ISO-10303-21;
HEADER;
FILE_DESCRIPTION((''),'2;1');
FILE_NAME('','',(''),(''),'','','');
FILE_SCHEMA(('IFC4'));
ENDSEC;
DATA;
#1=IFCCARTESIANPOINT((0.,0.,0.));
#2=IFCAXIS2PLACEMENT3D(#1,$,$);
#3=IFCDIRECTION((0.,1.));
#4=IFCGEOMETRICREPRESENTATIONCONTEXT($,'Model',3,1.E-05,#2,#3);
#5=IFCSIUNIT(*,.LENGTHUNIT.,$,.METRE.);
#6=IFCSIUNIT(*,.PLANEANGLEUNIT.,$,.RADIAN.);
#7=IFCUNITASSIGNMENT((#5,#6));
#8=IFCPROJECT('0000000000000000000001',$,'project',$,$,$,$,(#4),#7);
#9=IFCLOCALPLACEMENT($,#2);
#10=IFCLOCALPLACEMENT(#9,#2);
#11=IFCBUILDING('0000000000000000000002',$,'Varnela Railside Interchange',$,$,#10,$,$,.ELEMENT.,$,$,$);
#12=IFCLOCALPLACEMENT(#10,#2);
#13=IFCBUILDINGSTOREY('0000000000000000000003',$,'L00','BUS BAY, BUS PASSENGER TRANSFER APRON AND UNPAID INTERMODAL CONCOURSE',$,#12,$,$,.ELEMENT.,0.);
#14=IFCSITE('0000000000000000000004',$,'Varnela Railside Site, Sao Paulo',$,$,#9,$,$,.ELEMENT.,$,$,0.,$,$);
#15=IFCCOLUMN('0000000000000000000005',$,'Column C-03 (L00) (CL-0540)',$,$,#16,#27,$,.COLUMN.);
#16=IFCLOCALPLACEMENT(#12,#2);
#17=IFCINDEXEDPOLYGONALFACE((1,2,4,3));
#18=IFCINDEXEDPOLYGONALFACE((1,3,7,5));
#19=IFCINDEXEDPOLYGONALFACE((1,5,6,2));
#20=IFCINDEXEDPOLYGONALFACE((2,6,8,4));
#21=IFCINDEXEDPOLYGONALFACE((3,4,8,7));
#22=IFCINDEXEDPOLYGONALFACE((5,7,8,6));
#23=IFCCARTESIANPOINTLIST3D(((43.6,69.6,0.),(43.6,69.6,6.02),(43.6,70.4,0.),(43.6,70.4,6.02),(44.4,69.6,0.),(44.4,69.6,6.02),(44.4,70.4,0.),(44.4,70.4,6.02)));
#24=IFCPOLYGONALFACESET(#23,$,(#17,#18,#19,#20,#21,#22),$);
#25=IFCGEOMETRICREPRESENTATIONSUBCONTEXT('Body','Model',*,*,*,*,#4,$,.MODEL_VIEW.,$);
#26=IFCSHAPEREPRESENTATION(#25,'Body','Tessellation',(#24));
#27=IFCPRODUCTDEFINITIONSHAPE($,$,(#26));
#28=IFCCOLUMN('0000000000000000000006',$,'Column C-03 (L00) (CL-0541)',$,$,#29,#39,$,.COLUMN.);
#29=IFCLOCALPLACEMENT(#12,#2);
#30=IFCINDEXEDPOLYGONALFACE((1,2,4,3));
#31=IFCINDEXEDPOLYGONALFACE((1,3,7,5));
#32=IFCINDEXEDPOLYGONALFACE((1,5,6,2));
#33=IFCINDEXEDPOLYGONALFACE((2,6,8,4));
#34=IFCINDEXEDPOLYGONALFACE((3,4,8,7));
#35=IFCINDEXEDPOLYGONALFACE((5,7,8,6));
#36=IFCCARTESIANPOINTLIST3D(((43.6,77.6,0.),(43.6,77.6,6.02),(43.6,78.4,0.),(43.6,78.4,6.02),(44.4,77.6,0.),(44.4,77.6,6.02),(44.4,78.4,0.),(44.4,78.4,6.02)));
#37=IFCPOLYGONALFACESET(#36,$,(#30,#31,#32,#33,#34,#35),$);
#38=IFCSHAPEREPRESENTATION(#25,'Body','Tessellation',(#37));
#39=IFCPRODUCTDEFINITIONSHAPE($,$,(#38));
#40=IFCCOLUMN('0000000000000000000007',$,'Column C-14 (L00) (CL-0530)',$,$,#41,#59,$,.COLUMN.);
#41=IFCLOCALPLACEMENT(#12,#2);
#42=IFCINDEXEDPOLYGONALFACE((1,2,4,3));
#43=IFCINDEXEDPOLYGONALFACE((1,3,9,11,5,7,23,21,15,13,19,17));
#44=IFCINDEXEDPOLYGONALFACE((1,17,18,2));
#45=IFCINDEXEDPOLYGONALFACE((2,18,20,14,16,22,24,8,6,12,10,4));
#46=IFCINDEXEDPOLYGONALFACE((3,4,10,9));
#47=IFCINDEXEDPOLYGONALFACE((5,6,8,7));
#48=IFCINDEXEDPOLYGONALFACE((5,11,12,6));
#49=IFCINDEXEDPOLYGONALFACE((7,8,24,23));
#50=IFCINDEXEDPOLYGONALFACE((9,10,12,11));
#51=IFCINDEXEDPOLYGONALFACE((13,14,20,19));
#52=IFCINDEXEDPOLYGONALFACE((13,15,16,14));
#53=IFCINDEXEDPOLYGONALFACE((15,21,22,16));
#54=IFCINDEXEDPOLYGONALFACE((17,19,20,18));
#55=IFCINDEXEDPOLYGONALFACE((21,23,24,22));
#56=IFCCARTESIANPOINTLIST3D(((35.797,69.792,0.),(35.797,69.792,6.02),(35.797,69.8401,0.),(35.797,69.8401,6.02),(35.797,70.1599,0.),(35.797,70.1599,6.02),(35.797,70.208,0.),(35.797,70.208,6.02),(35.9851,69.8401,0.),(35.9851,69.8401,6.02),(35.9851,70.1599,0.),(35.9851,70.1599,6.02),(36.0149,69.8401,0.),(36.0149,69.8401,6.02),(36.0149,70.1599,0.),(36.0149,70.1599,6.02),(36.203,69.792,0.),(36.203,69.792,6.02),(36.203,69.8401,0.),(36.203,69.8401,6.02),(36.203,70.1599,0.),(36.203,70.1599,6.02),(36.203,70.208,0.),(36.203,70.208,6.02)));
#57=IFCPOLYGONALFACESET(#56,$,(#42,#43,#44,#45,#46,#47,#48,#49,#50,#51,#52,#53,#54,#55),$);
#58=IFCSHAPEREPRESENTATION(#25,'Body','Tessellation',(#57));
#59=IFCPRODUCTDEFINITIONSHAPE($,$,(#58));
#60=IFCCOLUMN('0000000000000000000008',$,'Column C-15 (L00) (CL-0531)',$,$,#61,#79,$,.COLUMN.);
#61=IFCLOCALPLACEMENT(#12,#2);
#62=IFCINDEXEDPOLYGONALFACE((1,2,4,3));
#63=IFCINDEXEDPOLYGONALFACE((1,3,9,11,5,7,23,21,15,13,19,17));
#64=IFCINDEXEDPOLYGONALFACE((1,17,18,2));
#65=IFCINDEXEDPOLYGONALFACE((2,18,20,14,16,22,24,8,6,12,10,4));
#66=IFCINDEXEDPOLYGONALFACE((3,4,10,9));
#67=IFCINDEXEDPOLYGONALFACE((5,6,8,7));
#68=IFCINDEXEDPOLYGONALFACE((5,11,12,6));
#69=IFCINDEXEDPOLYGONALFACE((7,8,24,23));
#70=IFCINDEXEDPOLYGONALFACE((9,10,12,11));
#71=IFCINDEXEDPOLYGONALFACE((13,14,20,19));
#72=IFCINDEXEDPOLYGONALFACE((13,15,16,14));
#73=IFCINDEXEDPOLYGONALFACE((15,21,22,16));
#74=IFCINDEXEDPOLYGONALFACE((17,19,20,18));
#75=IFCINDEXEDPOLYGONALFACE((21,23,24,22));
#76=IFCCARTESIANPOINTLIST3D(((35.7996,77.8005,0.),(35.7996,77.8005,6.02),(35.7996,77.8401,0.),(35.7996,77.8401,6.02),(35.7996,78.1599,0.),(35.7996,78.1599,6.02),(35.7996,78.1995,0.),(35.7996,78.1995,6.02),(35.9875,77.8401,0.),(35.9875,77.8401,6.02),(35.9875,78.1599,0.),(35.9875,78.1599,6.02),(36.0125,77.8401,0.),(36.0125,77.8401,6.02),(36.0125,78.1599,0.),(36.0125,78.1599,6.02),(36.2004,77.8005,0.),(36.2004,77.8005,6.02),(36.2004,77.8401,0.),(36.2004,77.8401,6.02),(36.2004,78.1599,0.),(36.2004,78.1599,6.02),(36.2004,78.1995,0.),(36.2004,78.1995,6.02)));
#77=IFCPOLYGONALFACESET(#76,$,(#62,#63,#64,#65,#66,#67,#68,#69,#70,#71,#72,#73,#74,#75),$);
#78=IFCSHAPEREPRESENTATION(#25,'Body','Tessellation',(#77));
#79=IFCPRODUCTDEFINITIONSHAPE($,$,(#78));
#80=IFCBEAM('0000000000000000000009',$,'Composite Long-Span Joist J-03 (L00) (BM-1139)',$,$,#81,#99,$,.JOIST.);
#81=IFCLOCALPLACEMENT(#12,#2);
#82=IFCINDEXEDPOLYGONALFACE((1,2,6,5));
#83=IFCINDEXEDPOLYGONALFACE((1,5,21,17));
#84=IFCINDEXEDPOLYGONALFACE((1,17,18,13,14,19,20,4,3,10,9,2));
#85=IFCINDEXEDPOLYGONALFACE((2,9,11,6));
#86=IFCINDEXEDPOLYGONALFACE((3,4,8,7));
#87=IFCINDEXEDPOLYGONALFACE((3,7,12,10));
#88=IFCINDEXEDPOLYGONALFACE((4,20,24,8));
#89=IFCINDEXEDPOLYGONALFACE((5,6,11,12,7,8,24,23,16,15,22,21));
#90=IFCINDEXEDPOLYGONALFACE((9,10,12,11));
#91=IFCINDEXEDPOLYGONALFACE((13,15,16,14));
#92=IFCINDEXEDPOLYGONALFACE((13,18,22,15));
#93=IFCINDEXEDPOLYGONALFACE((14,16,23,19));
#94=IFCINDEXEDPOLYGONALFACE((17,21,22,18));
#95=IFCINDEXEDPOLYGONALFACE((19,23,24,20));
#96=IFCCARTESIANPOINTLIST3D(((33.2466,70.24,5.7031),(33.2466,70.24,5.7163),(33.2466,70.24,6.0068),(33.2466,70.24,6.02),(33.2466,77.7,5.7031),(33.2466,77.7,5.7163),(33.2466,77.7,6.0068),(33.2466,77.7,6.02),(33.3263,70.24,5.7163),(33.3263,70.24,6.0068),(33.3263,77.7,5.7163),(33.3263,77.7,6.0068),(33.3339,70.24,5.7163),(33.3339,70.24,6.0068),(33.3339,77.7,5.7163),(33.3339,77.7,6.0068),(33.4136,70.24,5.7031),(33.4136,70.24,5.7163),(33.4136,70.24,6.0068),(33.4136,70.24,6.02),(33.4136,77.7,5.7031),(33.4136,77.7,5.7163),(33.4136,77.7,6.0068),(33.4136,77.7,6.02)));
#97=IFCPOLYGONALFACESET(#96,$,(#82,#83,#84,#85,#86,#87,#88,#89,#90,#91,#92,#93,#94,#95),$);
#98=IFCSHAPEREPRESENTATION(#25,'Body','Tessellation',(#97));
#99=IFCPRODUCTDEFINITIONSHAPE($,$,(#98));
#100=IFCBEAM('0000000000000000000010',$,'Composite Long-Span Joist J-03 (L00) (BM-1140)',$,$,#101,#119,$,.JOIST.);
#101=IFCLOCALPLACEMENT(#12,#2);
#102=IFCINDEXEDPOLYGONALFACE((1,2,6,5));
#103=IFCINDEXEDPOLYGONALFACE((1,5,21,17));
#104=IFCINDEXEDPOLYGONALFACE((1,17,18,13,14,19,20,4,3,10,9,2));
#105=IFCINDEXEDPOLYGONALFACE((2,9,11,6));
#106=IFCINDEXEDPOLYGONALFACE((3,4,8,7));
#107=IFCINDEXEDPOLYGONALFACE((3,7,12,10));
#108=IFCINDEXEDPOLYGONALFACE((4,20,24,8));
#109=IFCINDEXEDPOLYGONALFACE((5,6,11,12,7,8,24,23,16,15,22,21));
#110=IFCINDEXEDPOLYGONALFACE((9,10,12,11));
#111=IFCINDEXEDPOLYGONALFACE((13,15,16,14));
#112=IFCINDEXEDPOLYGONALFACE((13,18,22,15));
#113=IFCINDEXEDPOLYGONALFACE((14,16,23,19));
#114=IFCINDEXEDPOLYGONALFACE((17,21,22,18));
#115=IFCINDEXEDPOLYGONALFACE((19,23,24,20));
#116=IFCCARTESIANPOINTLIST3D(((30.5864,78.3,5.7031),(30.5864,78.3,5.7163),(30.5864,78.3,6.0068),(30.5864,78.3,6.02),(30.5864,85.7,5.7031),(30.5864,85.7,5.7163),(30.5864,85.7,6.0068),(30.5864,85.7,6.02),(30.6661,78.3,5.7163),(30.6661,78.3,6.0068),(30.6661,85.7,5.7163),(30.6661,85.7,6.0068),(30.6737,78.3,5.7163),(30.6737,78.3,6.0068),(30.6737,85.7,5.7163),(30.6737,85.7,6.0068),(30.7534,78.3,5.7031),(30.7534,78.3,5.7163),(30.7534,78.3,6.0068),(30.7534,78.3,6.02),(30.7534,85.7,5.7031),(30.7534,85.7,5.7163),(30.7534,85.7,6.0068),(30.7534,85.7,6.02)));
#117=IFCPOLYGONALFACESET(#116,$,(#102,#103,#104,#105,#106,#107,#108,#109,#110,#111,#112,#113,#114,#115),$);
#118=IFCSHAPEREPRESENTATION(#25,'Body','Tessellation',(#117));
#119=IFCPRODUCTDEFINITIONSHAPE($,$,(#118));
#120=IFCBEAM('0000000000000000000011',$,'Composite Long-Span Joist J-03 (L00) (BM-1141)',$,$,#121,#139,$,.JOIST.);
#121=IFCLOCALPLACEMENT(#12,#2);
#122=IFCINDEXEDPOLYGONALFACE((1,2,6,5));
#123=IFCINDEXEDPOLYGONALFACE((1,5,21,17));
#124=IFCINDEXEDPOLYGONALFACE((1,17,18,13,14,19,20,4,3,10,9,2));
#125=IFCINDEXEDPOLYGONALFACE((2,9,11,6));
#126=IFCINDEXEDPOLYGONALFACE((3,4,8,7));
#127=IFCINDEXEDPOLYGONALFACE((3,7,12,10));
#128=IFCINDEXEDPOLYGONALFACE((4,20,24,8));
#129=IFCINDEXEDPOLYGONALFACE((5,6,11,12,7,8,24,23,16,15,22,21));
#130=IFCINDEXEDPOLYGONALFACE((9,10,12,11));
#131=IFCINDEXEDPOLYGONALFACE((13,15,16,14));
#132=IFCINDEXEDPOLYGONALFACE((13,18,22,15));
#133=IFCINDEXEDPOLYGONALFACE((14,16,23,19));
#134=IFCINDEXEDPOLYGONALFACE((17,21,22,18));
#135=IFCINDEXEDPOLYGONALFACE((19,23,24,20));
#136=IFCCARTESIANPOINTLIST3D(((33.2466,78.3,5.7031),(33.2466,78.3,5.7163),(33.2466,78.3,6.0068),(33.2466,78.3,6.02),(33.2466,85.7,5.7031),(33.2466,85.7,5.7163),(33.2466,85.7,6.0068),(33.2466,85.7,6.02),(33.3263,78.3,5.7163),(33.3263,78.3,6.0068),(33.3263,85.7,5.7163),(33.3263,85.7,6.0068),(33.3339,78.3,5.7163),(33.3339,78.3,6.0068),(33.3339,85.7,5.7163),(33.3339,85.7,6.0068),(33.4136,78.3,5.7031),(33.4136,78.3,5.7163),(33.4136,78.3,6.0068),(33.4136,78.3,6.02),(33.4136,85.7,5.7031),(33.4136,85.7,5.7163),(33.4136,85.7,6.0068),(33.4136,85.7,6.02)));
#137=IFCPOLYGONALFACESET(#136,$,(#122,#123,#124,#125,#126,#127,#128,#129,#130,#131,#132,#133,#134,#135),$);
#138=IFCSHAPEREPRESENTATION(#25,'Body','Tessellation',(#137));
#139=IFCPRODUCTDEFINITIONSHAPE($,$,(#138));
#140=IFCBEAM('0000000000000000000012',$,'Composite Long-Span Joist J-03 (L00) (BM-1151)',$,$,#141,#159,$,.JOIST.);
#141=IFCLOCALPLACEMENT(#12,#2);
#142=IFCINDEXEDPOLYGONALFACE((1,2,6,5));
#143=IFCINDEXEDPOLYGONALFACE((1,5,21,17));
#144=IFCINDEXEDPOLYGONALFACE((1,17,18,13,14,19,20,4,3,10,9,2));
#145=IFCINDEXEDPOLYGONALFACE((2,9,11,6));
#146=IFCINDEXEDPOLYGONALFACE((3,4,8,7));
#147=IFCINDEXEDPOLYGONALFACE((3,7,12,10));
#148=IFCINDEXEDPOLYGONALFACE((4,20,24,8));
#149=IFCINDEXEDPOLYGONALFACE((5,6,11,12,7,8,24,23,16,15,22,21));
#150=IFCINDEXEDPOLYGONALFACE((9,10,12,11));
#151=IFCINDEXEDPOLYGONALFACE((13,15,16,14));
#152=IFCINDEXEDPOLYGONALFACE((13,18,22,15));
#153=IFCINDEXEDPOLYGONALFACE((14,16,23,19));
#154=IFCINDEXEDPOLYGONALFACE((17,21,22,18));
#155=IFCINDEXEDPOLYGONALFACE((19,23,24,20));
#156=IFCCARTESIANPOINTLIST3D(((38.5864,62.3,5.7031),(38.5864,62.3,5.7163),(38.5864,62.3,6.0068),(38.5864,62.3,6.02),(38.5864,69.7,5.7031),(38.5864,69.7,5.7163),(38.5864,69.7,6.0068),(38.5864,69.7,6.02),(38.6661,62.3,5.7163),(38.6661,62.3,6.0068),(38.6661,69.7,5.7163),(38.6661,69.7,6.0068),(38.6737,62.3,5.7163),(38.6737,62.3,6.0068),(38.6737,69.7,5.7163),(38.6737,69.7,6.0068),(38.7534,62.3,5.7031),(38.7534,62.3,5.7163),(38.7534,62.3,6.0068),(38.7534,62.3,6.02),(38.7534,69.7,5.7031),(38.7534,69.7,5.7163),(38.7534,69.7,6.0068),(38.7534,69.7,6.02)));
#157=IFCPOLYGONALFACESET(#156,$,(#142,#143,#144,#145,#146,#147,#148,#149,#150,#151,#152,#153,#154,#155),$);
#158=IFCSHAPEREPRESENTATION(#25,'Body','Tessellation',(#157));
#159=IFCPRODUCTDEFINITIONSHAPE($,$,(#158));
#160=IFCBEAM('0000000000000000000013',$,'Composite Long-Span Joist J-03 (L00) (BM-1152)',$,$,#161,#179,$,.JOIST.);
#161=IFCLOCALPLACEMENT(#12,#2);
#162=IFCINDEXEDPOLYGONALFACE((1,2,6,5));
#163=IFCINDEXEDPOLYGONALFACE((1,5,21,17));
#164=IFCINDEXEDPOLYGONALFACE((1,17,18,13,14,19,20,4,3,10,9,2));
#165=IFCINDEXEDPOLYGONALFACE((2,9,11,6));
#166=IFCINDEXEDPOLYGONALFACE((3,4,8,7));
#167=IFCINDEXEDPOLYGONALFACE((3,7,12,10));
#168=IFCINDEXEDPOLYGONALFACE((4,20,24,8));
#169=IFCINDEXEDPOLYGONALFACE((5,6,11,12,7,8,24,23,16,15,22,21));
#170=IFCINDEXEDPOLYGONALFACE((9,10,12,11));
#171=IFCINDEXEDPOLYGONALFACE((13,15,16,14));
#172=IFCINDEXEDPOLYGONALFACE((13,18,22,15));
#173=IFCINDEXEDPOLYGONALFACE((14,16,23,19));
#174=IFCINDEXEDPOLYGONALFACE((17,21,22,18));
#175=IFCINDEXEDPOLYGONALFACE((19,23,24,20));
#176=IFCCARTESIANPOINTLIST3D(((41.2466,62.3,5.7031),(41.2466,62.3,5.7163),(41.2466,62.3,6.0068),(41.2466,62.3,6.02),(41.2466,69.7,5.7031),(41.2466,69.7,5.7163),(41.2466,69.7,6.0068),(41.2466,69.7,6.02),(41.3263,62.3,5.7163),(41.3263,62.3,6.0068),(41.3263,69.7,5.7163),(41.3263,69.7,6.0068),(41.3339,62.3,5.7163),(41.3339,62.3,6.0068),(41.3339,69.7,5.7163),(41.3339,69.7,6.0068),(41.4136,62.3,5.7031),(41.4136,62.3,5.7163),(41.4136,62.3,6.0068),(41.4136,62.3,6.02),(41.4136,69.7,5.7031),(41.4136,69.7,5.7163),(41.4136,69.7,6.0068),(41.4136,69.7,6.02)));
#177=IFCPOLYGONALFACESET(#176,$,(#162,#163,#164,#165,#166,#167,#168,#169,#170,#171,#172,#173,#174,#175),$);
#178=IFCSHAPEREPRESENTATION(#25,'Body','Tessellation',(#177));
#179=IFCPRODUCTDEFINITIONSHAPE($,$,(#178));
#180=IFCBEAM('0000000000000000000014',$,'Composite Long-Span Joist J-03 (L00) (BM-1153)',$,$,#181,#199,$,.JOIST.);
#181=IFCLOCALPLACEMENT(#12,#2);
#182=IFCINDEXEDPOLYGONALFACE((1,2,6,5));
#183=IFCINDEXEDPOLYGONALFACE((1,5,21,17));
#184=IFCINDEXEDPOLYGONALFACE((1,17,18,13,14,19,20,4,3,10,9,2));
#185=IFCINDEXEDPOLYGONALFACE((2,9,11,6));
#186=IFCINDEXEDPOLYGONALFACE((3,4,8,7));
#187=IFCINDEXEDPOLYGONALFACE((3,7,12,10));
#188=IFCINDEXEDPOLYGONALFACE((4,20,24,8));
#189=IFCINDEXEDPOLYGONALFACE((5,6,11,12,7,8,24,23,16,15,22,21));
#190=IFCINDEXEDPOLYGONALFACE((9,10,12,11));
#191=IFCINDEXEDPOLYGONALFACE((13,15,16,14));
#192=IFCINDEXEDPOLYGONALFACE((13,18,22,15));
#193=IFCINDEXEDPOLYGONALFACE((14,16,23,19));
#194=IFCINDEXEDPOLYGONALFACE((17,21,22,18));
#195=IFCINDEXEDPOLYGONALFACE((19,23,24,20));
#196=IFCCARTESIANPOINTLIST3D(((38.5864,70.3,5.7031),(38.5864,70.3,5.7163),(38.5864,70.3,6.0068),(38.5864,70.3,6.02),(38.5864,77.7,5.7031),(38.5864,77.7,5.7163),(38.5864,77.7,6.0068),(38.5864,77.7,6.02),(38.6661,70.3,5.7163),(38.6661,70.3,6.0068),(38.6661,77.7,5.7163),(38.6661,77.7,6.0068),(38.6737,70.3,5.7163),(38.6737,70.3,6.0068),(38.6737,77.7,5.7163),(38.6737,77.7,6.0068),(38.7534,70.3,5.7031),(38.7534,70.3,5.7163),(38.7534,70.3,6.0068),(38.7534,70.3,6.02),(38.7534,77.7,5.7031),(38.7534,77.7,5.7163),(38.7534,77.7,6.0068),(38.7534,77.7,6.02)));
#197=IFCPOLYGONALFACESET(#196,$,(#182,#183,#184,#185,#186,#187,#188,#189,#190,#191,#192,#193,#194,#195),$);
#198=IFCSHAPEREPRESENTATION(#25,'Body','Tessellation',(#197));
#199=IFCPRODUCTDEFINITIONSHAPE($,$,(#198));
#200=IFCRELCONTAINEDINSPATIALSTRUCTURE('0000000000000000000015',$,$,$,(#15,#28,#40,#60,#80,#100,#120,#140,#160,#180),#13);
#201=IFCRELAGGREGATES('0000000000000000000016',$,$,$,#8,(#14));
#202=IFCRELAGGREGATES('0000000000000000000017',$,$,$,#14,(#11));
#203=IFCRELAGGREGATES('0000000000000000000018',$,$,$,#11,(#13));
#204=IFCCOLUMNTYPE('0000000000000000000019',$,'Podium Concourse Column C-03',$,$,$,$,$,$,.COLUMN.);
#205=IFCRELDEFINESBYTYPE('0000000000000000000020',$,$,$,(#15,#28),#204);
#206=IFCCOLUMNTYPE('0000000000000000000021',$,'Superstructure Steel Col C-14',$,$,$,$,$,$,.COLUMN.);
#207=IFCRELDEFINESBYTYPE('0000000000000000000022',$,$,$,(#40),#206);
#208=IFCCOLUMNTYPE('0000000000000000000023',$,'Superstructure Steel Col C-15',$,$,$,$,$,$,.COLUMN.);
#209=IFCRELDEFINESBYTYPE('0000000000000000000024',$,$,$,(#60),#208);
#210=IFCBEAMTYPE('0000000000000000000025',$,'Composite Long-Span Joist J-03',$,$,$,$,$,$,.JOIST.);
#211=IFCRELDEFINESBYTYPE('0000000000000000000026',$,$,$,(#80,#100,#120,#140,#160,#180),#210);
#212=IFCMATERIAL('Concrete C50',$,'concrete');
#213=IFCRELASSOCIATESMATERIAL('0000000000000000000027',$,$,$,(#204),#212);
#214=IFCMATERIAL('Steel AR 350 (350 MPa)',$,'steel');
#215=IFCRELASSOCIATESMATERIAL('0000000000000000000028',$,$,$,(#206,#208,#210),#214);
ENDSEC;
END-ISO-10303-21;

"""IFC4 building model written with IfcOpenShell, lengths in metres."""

from ifc_helpers import new_model, si_unit, direction, frame, origin, origin_2d, place, context, subcontext, project, spatial, rectangle, i_section, extrude, material, material_profile, profile_set, type_object, element, save


model = new_model("IFC4")

# Units and contexts
model_context = context("Model", 3, precision=1e-05, world=origin(), true_north=direction((0.0, 1.0)))
body_context = subcontext(model_context, "Body", "Model", "MODEL_VIEW")
ifc_project = project(units=[si_unit("LENGTHUNIT", "METRE"), si_unit("PLANEANGLEUNIT", "RADIAN")], contexts=[model_context])

# Site, building, storey
site_placement = place(None, origin())
site = spatial("IfcSite", under=ifc_project, at=site_placement, Name="Varnela Railside Site, Sao Paulo", CompositionType="ELEMENT", RefElevation=0.0)
building_placement = place(site_placement, origin())
building = spatial("IfcBuilding", under=site, at=building_placement, Name="Varnela Railside Interchange", CompositionType="ELEMENT")
storey_placement = place(building_placement, origin())
storey = spatial("IfcBuildingStorey", under=building, at=storey_placement, Name="L00", Description="BUS BAY, BUS PASSENGER TRANSFER APRON AND UNPAID INTERMODAL CONCOURSE", CompositionType="ELEMENT", Elevation=0.0)

# Columns
ifc_material_1 = material(Name="Concrete C50", Category="concrete")
ifc_material_profile_1 = material_profile(ifc_material_1, rectangle(XDim=0.8, YDim=0.8, at=origin_2d()), Name="RC 800x800")
ifc_profile_set_1 = profile_set([ifc_material_profile_1], Name="Concrete C50")
column_type_1 = type_object("IfcColumnType", Name="Podium Concourse Column C-03", PredefinedType="COLUMN", material=ifc_profile_set_1)
for number, where, z_axis, x_axis, name in (
    (1, (44.0, 70.0, 0.0), (0.0, 0.0, 1.0), (1.0, 0.0, 0.0), "Column C-03 (L00) (CL-0540)"),
    (2, (44.0, 78.0, 0.0), (0.0, 0.0, 1.0), (1.0, 0.0, 0.0), "Column C-03 (L00) (CL-0541)"),
):
    element("IfcColumn", number, at=place(storey_placement, frame(where, z_axis=z_axis, x_axis=x_axis)), inside=storey, type_object=column_type_1, Name=name, PredefinedType="COLUMN", context=body_context, shape_type="SweptSolid", body=[
        extrude(rectangle(XDim=0.8, YDim=0.8, at=origin_2d()), origin(), (0.0, 0.0, 1.0), 6.02),
    ])
ifc_material_2 = material(Name="Steel AR 350 (350 MPa)", Category="steel")
ifc_material_profile_2 = material_profile(ifc_material_2, i_section(OverallWidth=0.406, OverallDepth=0.416, WebThickness=0.0298, FlangeThickness=0.0481, at=origin_2d()), Name="W360x382")
ifc_profile_set_2 = profile_set([ifc_material_profile_2], Name="Steel AR 350 (350 MPa)")
column_type_2 = type_object("IfcColumnType", Name="Superstructure Steel Col C-14", PredefinedType="COLUMN", material=ifc_profile_set_2)
column_1_placement = place(storey_placement, frame((36.0, 70.0, 0.0), z_axis=(0.0, 0.0, 1.0), x_axis=(1.0, 0.0, 0.0)))
element("IfcColumn", 3, at=column_1_placement, inside=storey, type_object=column_type_2, Name="Column C-14 (L00) (CL-0530)", PredefinedType="COLUMN", context=body_context, shape_type="SweptSolid", body=[
    extrude(i_section(OverallWidth=0.406, OverallDepth=0.416, WebThickness=0.0298, FlangeThickness=0.0481, at=origin_2d()), origin(), (0.0, 0.0, 1.0), 6.02),
])
ifc_material_profile_3 = material_profile(ifc_material_2, i_section(OverallWidth=0.4009, OverallDepth=0.3989, WebThickness=0.0249, FlangeThickness=0.0396, at=origin_2d()), Name="W360x314")
ifc_profile_set_3 = profile_set([ifc_material_profile_3], Name="Steel AR 350 (350 MPa)")
column_type_3 = type_object("IfcColumnType", Name="Superstructure Steel Col C-15", PredefinedType="COLUMN", material=ifc_profile_set_3)
column_2_placement = place(storey_placement, frame((36.0, 78.0, 0.0), z_axis=(0.0, 0.0, 1.0), x_axis=(1.0, 0.0, 0.0)))
element("IfcColumn", 4, at=column_2_placement, inside=storey, type_object=column_type_3, Name="Column C-15 (L00) (CL-0531)", PredefinedType="COLUMN", context=body_context, shape_type="SweptSolid", body=[
    extrude(i_section(OverallWidth=0.4009, OverallDepth=0.3989, WebThickness=0.0249, FlangeThickness=0.0396, at=origin_2d()), origin(), (0.0, 0.0, 1.0), 6.02),
])

# Beams
ifc_material_profile_4 = material_profile(ifc_material_2, i_section(OverallWidth=0.167, OverallDepth=0.3169, WebThickness=0.0076, FlangeThickness=0.0132, at=origin_2d()), Name="W310x52")
ifc_profile_set_4 = profile_set([ifc_material_profile_4], Name="Steel AR 350 (350 MPa)")
beam_type_1 = type_object("IfcBeamType", Name="Composite Long-Span Joist J-03", PredefinedType="JOIST", material=ifc_profile_set_4)
beam_1_placement = place(storey_placement, frame((33.3301, 70.24, 5.8616), z_axis=(0.0, 1.0, 0.0), x_axis=(-1.0, 0.0, 0.0)))
element("IfcBeam", 5, at=beam_1_placement, inside=storey, type_object=beam_type_1, Name="Composite Long-Span Joist J-03 (L00) (BM-1139)", PredefinedType="JOIST", context=body_context, shape_type="SweptSolid", body=[
    extrude(i_section(OverallWidth=0.167, OverallDepth=0.3169, WebThickness=0.0076, FlangeThickness=0.0132, at=origin_2d()), origin(), (0.0, 0.0, 1.0), 7.46),
])
for number, where, z_axis, x_axis, name in (
    (6, (30.6699, 78.3, 5.8616), (0.0, 1.0, 0.0), (-1.0, 0.0, 0.0), "Composite Long-Span Joist J-03 (L00) (BM-1140)"),
    (7, (33.3301, 78.3, 5.8616), (0.0, 1.0, 0.0), (-1.0, 0.0, 0.0), "Composite Long-Span Joist J-03 (L00) (BM-1141)"),
    (8, (38.6699, 62.3, 5.8616), (0.0, 1.0, 0.0), (-1.0, 0.0, 0.0), "Composite Long-Span Joist J-03 (L00) (BM-1151)"),
    (9, (41.3301, 62.3, 5.8616), (0.0, 1.0, 0.0), (-1.0, 0.0, 0.0), "Composite Long-Span Joist J-03 (L00) (BM-1152)"),
    (10, (38.6699, 70.3, 5.8616), (0.0, 1.0, 0.0), (-1.0, 0.0, 0.0), "Composite Long-Span Joist J-03 (L00) (BM-1153)"),
):
    element("IfcBeam", number, at=place(storey_placement, frame(where, z_axis=z_axis, x_axis=x_axis)), inside=storey, type_object=beam_type_1, Name=name, PredefinedType="JOIST", context=body_context, shape_type="SweptSolid", body=[
        extrude(i_section(OverallWidth=0.167, OverallDepth=0.3169, WebThickness=0.0076, FlangeThickness=0.0132, at=origin_2d()), origin(), (0.0, 0.0, 1.0), 7.3999),
    ])

save(model, "model.ifc")
